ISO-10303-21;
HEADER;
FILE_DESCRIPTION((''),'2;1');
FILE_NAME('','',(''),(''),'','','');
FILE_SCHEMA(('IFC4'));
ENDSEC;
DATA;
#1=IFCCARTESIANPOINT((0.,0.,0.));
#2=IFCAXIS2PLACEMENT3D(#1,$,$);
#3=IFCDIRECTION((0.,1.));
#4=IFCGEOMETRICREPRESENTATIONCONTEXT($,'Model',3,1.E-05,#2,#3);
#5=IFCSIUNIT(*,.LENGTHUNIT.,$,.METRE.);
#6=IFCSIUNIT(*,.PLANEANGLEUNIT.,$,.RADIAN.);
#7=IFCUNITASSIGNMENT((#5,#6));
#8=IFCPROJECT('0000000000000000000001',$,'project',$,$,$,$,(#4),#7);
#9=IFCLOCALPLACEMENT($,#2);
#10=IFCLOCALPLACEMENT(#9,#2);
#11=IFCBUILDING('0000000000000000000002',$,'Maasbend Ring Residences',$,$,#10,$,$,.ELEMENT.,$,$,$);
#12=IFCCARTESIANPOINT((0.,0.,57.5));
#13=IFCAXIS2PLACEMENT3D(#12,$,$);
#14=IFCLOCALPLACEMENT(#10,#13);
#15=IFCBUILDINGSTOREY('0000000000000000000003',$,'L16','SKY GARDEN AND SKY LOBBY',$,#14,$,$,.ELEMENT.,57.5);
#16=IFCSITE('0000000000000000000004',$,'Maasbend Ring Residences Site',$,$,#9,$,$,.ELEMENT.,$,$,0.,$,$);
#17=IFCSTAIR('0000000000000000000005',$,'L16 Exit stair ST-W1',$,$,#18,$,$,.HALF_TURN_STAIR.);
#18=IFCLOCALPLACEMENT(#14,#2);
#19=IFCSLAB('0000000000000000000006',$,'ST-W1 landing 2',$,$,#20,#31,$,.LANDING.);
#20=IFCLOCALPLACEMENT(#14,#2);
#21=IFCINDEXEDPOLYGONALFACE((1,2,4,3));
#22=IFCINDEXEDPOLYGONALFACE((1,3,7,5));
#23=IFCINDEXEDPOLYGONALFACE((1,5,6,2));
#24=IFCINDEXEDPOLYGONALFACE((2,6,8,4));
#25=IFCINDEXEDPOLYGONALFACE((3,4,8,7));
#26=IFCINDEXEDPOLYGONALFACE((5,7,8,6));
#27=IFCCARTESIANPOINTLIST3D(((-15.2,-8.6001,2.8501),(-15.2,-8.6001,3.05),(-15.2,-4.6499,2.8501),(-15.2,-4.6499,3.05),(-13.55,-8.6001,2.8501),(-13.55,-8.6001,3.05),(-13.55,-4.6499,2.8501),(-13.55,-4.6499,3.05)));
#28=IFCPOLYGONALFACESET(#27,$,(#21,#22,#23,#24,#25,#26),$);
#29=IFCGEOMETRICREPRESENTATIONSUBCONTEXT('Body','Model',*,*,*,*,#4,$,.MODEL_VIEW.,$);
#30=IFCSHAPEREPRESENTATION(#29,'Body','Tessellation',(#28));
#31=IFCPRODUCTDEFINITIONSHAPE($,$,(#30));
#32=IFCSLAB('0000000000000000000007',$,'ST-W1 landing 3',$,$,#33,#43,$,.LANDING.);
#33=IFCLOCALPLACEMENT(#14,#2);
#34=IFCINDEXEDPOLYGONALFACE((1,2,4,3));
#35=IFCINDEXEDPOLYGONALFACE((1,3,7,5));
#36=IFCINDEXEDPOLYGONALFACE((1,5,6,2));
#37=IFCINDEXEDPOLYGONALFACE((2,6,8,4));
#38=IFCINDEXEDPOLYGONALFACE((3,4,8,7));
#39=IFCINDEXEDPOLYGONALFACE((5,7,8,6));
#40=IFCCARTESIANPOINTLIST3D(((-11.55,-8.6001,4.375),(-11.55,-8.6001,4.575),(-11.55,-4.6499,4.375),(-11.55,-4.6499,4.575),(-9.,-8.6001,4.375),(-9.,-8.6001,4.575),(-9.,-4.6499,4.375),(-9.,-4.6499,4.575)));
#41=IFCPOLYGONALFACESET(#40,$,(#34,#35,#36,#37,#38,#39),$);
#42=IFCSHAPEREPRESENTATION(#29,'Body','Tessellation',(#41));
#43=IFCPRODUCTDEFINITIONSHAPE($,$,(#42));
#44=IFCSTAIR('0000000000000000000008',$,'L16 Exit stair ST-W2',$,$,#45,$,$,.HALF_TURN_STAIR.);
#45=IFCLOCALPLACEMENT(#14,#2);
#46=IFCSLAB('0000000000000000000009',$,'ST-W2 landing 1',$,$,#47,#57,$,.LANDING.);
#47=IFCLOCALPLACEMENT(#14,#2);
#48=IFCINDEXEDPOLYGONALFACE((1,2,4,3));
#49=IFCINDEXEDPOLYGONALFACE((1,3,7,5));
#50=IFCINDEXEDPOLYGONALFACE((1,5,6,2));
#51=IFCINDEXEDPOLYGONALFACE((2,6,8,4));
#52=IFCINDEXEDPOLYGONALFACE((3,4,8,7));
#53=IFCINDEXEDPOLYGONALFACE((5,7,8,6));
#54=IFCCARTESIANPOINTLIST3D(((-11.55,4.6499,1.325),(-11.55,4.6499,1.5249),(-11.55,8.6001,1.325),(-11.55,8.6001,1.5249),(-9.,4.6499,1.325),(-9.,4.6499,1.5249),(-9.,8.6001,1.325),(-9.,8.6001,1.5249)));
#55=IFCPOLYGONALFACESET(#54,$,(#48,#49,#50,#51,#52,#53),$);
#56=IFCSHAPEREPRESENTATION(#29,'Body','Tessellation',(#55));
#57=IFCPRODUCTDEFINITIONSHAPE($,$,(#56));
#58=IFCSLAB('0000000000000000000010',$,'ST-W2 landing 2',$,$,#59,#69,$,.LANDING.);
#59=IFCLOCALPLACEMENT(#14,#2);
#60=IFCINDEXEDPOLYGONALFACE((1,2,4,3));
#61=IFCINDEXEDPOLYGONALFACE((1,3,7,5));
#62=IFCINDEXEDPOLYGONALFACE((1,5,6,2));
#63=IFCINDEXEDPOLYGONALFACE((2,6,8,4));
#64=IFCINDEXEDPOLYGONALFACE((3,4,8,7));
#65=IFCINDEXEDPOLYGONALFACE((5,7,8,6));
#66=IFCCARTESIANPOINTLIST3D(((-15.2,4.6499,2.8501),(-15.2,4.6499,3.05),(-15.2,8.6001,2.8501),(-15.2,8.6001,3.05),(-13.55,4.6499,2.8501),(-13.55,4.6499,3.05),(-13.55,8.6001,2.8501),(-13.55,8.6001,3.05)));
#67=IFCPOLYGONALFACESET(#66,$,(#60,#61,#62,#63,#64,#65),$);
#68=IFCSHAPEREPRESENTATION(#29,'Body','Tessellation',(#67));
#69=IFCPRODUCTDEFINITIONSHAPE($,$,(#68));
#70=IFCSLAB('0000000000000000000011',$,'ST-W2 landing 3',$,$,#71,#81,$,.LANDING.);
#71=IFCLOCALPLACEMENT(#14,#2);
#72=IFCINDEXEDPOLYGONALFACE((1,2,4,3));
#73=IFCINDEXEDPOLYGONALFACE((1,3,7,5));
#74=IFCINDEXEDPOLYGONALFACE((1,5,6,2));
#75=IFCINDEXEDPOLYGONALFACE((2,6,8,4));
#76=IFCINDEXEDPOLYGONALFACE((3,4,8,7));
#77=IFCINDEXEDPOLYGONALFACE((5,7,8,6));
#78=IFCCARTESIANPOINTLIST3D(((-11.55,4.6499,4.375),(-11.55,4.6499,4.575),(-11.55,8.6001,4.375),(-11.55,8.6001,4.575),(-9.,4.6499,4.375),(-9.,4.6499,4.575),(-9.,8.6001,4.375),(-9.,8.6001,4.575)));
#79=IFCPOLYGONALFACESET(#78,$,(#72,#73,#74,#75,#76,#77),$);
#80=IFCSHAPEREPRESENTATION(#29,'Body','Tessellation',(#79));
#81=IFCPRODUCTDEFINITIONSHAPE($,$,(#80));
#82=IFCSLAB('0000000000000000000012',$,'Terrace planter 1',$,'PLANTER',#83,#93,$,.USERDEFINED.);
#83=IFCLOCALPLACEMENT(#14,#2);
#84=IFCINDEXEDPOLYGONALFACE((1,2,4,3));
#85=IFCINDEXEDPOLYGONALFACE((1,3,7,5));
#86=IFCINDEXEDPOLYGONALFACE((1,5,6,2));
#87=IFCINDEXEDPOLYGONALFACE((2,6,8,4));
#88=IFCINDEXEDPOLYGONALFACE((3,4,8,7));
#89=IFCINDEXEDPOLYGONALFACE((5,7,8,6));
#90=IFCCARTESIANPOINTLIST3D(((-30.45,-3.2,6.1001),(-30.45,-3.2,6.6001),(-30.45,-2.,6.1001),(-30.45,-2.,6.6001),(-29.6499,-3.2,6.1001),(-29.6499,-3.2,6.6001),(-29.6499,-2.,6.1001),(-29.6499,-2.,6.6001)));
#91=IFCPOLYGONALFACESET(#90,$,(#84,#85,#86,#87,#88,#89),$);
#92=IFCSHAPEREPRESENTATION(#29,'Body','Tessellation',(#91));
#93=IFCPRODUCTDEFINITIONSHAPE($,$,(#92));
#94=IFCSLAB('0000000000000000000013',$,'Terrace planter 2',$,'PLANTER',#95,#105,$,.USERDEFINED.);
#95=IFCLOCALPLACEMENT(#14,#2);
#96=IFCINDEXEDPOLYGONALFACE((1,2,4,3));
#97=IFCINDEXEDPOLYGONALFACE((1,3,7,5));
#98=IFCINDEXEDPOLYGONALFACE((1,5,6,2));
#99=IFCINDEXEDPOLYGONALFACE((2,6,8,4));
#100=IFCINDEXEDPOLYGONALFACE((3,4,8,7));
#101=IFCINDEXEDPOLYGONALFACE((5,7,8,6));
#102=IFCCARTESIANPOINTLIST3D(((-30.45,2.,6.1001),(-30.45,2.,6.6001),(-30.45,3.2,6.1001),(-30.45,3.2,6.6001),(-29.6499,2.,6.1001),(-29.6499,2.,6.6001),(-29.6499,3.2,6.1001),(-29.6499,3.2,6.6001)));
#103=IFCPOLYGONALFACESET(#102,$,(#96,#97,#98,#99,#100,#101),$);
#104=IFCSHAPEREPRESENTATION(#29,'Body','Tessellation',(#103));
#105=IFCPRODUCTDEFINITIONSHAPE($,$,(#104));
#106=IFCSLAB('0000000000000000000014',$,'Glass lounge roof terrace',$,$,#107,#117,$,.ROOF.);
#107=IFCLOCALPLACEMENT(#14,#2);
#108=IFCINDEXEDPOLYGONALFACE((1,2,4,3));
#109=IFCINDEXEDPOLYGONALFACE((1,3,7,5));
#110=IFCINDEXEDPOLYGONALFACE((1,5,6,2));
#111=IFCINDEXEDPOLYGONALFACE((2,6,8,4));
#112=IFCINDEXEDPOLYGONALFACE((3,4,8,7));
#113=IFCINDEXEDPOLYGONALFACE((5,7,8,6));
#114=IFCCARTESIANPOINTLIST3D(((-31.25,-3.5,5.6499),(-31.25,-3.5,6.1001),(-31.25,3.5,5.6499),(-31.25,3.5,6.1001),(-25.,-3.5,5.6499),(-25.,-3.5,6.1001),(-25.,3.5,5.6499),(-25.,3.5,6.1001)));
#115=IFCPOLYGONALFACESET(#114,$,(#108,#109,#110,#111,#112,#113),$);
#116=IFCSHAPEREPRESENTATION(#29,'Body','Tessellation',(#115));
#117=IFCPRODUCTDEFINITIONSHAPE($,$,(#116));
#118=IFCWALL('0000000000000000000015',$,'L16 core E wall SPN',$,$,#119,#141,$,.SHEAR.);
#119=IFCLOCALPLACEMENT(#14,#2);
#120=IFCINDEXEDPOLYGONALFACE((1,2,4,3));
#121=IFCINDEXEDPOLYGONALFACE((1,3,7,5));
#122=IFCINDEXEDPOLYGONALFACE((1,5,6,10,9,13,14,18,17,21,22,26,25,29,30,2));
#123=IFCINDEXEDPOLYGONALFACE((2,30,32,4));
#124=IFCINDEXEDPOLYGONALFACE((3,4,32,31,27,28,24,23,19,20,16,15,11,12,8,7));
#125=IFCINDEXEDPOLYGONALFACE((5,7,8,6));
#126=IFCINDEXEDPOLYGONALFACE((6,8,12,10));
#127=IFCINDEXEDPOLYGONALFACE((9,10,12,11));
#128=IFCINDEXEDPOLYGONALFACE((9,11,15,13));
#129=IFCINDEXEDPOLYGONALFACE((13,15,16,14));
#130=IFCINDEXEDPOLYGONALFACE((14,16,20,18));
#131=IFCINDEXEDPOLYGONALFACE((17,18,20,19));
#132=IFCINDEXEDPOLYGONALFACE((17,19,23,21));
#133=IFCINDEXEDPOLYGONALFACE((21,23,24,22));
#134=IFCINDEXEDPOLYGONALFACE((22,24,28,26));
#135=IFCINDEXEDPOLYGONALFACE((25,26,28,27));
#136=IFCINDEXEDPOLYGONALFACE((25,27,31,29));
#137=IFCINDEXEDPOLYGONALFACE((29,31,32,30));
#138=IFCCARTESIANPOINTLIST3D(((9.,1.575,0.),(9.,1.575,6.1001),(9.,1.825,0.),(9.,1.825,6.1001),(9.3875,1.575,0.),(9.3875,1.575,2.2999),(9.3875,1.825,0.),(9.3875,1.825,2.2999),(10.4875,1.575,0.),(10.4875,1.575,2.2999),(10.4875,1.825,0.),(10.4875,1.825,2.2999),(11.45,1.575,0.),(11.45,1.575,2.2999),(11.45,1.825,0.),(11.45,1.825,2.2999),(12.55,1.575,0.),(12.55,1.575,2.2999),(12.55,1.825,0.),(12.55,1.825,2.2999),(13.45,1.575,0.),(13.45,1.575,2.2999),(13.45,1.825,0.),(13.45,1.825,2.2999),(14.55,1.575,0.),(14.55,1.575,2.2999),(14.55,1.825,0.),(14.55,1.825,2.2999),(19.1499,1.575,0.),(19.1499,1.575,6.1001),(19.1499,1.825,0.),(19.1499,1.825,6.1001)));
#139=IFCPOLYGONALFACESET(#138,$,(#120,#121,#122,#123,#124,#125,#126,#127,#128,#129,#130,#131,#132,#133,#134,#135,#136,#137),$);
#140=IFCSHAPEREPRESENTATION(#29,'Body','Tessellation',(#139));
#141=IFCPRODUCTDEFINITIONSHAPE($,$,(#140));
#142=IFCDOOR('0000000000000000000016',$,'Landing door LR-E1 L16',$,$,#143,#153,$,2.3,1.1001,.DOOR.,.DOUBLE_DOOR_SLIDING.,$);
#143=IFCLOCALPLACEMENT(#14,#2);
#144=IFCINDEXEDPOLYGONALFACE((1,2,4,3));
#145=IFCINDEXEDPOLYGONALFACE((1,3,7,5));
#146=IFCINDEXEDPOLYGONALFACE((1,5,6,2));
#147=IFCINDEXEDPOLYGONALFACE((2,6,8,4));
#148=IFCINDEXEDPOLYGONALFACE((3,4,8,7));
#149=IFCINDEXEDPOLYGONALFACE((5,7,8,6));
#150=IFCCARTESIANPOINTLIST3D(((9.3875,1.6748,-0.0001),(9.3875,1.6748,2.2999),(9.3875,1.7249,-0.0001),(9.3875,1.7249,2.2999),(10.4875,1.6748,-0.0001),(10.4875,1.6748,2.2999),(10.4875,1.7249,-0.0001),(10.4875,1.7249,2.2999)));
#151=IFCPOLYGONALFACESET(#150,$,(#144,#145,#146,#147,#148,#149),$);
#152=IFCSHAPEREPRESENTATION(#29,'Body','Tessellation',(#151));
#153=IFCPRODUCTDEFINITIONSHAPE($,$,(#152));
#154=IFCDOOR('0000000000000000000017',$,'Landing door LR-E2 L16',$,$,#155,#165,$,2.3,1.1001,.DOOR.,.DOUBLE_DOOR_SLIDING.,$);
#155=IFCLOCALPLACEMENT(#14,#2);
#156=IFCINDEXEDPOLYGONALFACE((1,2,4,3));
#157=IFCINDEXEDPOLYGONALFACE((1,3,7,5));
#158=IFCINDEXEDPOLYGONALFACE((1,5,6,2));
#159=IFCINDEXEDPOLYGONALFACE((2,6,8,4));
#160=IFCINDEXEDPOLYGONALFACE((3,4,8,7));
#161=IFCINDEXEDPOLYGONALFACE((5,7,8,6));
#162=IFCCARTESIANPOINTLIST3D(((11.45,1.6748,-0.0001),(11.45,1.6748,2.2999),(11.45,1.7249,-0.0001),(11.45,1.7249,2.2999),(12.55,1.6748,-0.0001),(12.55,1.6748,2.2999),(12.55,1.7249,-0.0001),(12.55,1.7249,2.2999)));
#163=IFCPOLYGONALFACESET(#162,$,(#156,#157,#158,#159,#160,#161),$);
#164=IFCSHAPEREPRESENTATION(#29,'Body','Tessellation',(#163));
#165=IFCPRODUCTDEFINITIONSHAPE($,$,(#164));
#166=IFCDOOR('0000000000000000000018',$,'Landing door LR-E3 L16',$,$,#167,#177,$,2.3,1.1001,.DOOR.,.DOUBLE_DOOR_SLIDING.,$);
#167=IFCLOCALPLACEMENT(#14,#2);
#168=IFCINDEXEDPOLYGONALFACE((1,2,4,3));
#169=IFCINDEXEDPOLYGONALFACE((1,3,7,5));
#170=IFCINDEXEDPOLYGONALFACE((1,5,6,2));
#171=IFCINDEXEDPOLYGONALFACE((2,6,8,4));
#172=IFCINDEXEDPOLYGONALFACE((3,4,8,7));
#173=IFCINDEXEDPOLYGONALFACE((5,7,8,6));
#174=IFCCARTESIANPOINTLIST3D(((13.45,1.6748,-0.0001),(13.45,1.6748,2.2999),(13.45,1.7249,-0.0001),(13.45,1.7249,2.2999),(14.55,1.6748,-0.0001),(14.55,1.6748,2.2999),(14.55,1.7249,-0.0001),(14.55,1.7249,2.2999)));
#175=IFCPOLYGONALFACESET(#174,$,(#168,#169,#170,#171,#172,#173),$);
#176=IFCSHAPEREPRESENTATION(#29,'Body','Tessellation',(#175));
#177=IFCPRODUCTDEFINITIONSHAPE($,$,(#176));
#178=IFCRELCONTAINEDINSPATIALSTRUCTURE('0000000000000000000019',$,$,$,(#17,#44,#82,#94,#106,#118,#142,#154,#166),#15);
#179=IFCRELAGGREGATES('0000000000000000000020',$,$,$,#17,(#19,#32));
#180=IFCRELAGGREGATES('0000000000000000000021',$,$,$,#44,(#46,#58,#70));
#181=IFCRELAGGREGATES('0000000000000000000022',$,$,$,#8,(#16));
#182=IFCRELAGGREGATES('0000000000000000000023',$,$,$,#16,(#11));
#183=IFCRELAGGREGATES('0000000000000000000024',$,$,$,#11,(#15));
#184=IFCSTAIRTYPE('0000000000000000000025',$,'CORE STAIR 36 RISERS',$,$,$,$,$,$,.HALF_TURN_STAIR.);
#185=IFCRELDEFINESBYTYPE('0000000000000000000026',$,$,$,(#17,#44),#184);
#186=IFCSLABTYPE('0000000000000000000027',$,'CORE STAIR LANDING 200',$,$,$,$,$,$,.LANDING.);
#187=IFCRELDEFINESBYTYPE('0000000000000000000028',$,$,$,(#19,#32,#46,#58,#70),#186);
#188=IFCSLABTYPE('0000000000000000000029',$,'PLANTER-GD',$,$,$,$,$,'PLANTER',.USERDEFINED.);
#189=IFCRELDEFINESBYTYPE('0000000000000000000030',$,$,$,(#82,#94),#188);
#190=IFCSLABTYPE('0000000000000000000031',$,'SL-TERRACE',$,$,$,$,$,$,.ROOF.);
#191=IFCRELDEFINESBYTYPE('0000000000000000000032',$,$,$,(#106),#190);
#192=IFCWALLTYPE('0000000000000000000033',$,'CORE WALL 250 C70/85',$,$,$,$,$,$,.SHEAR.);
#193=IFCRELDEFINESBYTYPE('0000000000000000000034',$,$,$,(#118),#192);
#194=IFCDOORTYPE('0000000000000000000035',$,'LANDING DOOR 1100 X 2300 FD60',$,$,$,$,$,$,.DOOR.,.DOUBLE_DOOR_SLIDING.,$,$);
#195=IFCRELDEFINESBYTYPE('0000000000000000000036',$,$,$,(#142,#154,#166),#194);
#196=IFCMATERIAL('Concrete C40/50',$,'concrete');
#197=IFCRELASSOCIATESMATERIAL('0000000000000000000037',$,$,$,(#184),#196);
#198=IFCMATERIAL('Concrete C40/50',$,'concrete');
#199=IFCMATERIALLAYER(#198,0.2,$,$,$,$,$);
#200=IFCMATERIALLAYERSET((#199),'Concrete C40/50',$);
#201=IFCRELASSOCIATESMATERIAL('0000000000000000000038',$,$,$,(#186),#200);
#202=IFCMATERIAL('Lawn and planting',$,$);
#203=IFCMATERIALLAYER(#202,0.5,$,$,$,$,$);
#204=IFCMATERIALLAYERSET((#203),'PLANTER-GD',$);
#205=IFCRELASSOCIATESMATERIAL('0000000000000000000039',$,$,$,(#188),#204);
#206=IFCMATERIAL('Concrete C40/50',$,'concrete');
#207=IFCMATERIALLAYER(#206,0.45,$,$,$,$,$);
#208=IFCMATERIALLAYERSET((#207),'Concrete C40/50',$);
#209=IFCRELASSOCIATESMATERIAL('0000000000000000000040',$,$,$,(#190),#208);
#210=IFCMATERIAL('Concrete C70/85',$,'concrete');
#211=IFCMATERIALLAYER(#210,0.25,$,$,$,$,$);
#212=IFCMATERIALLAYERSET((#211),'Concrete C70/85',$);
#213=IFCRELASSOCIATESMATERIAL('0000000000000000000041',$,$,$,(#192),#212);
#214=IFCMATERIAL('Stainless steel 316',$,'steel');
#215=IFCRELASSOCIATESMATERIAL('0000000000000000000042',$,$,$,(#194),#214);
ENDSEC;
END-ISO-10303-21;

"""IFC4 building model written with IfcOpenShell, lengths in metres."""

from ifc_helpers import new_model, si_unit, direction, frame, frame_2d, origin, place, context, subcontext, project, spatial, polyline, rectangle, outline, extrude, material, layer, layer_set, type_object, element, fill, aggregate, save


model = new_model("IFC4")

# Units and contexts
model_context = context("Model", 3, precision=1e-05, world=origin(), true_north=direction((0.0, 1.0)))
body_context = subcontext(model_context, "Body", "Model", "MODEL_VIEW")
ifc_project = project(units=[si_unit("LENGTHUNIT", "METRE"), si_unit("PLANEANGLEUNIT", "RADIAN")], contexts=[model_context])

# Site, building, storey
site_placement = place(None, origin())
site = spatial("IfcSite", under=ifc_project, at=site_placement, Name="Maasbend Ring Residences Site", CompositionType="ELEMENT", RefElevation=0.0)
building_placement = place(site_placement, origin())
building = spatial("IfcBuilding", under=site, at=building_placement, Name="Maasbend Ring Residences", CompositionType="ELEMENT")
storey_placement = place(building_placement, frame((0.0, 0.0, 57.5)))
storey = spatial("IfcBuildingStorey", under=building, at=storey_placement, Name="L16", Description="SKY GARDEN AND SKY LOBBY", CompositionType="ELEMENT", Elevation=57.5)

# Stairs, slabs
ifc_material_1 = material(Name="Concrete C40/50", Category="concrete")
stair_type = type_object("IfcStairType", Name="CORE STAIR 36 RISERS", PredefinedType="HALF_TURN_STAIR", material=ifc_material_1)
ifc_material_2 = material(Name="Concrete C40/50", Category="concrete")
ifc_layer_1 = layer(ifc_material_2, 0.2)
ifc_layer_set_1 = layer_set([ifc_layer_1], Name="Concrete C40/50")
slab_type_1 = type_object("IfcSlabType", Name="CORE STAIR LANDING 200", PredefinedType="LANDING", material=ifc_layer_set_1)
stair_1_placement = place(storey_placement, origin())
stair_1 = element("IfcStair", 1, at=stair_1_placement, inside=storey, type_object=stair_type, Name="L16 Exit stair ST-W1", PredefinedType="HALF_TURN_STAIR")
slab_1_placement = place(storey_placement, frame((0.0, 0.0, 2.8501)))
slab_1 = element("IfcSlab", 2, at=slab_1_placement, type_object=slab_type_1, Name="ST-W1 landing 2", PredefinedType="LANDING", context=body_context, shape_type="SweptSolid", body=[
    extrude(outline(polyline([(-15.2, -8.6001), (-13.55, -8.6001), (-13.55, -4.6499), (-15.2, -4.6499), (-15.2, -8.6001)])), origin(), (0.0, 0.0, 1.0), 0.2),
])
slab_2_placement = place(storey_placement, frame((0.0, 0.0, 4.375)))
slab_2 = element("IfcSlab", 3, at=slab_2_placement, type_object=slab_type_1, Name="ST-W1 landing 3", PredefinedType="LANDING", context=body_context, shape_type="SweptSolid", body=[
    extrude(outline(polyline([(-11.55, -8.6001), (-9.0, -8.6001), (-9.0, -4.6499), (-11.55, -4.6499), (-11.55, -8.6001)])), origin(), (0.0, 0.0, 1.0), 0.2),
])
aggregate(stair_1, [slab_1, slab_2])
stair_2_placement = place(storey_placement, origin())
stair_2 = element("IfcStair", 4, at=stair_2_placement, inside=storey, type_object=stair_type, Name="L16 Exit stair ST-W2", PredefinedType="HALF_TURN_STAIR")
slab_3_placement = place(storey_placement, frame((0.0, 0.0, 1.325)))
slab_3 = element("IfcSlab", 5, at=slab_3_placement, type_object=slab_type_1, Name="ST-W2 landing 1", PredefinedType="LANDING", context=body_context, shape_type="SweptSolid", body=[
    extrude(outline(polyline([(-11.55, 4.6499), (-9.0, 4.6499), (-9.0, 8.6001), (-11.55, 8.6001), (-11.55, 4.6499)])), origin(), (0.0, 0.0, 1.0), 0.2),
])
slab_4_placement = place(storey_placement, frame((0.0, 0.0, 2.8501)))
slab_4 = element("IfcSlab", 6, at=slab_4_placement, type_object=slab_type_1, Name="ST-W2 landing 2", PredefinedType="LANDING", context=body_context, shape_type="SweptSolid", body=[
    extrude(outline(polyline([(-15.2, 4.6499), (-13.55, 4.6499), (-13.55, 8.6001), (-15.2, 8.6001), (-15.2, 4.6499)])), origin(), (0.0, 0.0, 1.0), 0.2),
])
slab_5_placement = place(storey_placement, frame((0.0, 0.0, 4.375)))
slab_5 = element("IfcSlab", 7, at=slab_5_placement, type_object=slab_type_1, Name="ST-W2 landing 3", PredefinedType="LANDING", context=body_context, shape_type="SweptSolid", body=[
    extrude(outline(polyline([(-11.55, 4.6499), (-9.0, 4.6499), (-9.0, 8.6001), (-11.55, 8.6001), (-11.55, 4.6499)])), origin(), (0.0, 0.0, 1.0), 0.2),
])
aggregate(stair_2, [slab_3, slab_4, slab_5])

# Slabs
ifc_material_3 = material(Name="Lawn and planting")
ifc_layer_2 = layer(ifc_material_3, 0.5)
ifc_layer_set_2 = layer_set([ifc_layer_2], Name="PLANTER-GD")
slab_type_2 = type_object("IfcSlabType", Name="PLANTER-GD", ElementType="PLANTER", PredefinedType="USERDEFINED", material=ifc_layer_set_2)
slab_6_placement = place(storey_placement, frame((0.0, 0.0, 6.1001)))
element("IfcSlab", 8, at=slab_6_placement, inside=storey, type_object=slab_type_2, Name="Terrace planter 1", ObjectType="PLANTER", PredefinedType="USERDEFINED", context=body_context, shape_type="SweptSolid", body=[
    extrude(outline(polyline([(-30.45, -3.2), (-29.6499, -3.2), (-29.6499, -2.0), (-30.45, -2.0), (-30.45, -3.2)])), origin(), (0.0, 0.0, 1.0), 0.5),
])
slab_7_placement = place(storey_placement, frame((0.0, 0.0, 6.1001)))
element("IfcSlab", 9, at=slab_7_placement, inside=storey, type_object=slab_type_2, Name="Terrace planter 2", ObjectType="PLANTER", PredefinedType="USERDEFINED", context=body_context, shape_type="SweptSolid", body=[
    extrude(outline(polyline([(-30.45, 2.0), (-29.6499, 2.0), (-29.6499, 3.2), (-30.45, 3.2), (-30.45, 2.0)])), origin(), (0.0, 0.0, 1.0), 0.5),
])
ifc_material_4 = material(Name="Concrete C40/50", Category="concrete")
ifc_layer_3 = layer(ifc_material_4, 0.45)
ifc_layer_set_3 = layer_set([ifc_layer_3], Name="Concrete C40/50")
slab_type_3 = type_object("IfcSlabType", Name="SL-TERRACE", PredefinedType="ROOF", material=ifc_layer_set_3)
slab_8_placement = place(storey_placement, frame((0.0, 0.0, 5.6499)))
element("IfcSlab", 10, at=slab_8_placement, inside=storey, type_object=slab_type_3, Name="Glass lounge roof terrace", PredefinedType="ROOF", context=body_context, shape_type="SweptSolid", body=[
    extrude(outline(polyline([(-31.25, -3.5), (-25.0, -3.5), (-25.0, 3.5), (-31.25, 3.5), (-31.25, -3.5)])), origin(), (0.0, 0.0, 1.0), 0.4502),
])

# Wall, openings, doors
ifc_material_5 = material(Name="Concrete C70/85", Category="concrete")
ifc_layer_4 = layer(ifc_material_5, 0.25)
ifc_layer_set_4 = layer_set([ifc_layer_4], Name="Concrete C70/85")
wall_type_1 = type_object("IfcWallType", Name="CORE WALL 250 C70/85", PredefinedType="SHEAR", material=ifc_layer_set_4)
wall_1_placement = place(storey_placement, frame((9.0, 1.7, 0.0), z_axis=(0.0, 0.0, 1.0), x_axis=(1.0, 0.0, 0.0)))
wall_1 = element("IfcWall", 11, at=wall_1_placement, inside=storey, type_object=wall_type_1, Name="L16 core E wall SPN", PredefinedType="SHEAR", context=body_context, shape_type="SweptSolid", body=[
    extrude(rectangle(XDim=10.1499, YDim=0.25, at=frame_2d((5.075, 0.0))), origin(), (0.0, 0.0, 1.0), 6.1001),
])
opening_1_placement = place(wall_1_placement, frame((0.3875, 0.0, 0.0)))
opening_1 = element("IfcOpeningElement", 12, at=opening_1_placement, cuts=wall_1, PredefinedType="OPENING", context=body_context, shape_type="SweptSolid", body=[
    extrude(rectangle(XDim=1.1001, YDim=2.3, at=frame_2d((0.55, 1.1499))), frame((0.0, 0.135, 0.0), z_axis=(0.0, -1.0, 0.0), x_axis=(1.0, 0.0, 0.0)), (0.0, 0.0, 1.0), 0.27),
])
opening_2_placement = place(wall_1_placement, frame((2.45, 0.0, 0.0)))
opening_2 = element("IfcOpeningElement", 13, at=opening_2_placement, cuts=wall_1, PredefinedType="OPENING", context=body_context, shape_type="SweptSolid", body=[
    extrude(rectangle(XDim=1.1001, YDim=2.3, at=frame_2d((0.55, 1.1499))), frame((0.0, 0.135, 0.0), z_axis=(0.0, -1.0, 0.0), x_axis=(1.0, 0.0, 0.0)), (0.0, 0.0, 1.0), 0.27),
])
opening_3_placement = place(wall_1_placement, frame((4.45, 0.0, 0.0)))
opening_3 = element("IfcOpeningElement", 14, at=opening_3_placement, cuts=wall_1, PredefinedType="OPENING", context=body_context, shape_type="SweptSolid", body=[
    extrude(rectangle(XDim=1.1001, YDim=2.3, at=frame_2d((0.55, 1.1499))), frame((0.0, 0.135, 0.0), z_axis=(0.0, -1.0, 0.0), x_axis=(1.0, 0.0, 0.0)), (0.0, 0.0, 1.0), 0.27),
])
ifc_material_6 = material(Name="Stainless steel 316", Category="steel")
door_type = type_object("IfcDoorType", Name="LANDING DOOR 1100 X 2300 FD60", OperationType="DOUBLE_DOOR_SLIDING", PredefinedType="DOOR", material=ifc_material_6)
door_1_placement = place(opening_1_placement, origin())
door_1 = element("IfcDoor", 15, at=door_1_placement, inside=storey, type_object=door_type, Name="Landing door LR-E1 L16", OperationType="DOUBLE_DOOR_SLIDING", OverallHeight=2.3, OverallWidth=1.1001, PredefinedType="DOOR", context=body_context, shape_type="SweptSolid", body=[
    extrude(rectangle(XDim=1.1001, YDim=2.3, at=frame_2d((0.55, 1.1499))), frame((0.0, 0.0249, 0.0), z_axis=(0.0, -1.0, 0.0), x_axis=(1.0, 0.0, 0.0)), (0.0, 0.0, 1.0), 0.05),
])
fill(opening_1, door_1)
door_2_placement = place(opening_2_placement, origin())
door_2 = element("IfcDoor", 16, at=door_2_placement, inside=storey, type_object=door_type, Name="Landing door LR-E2 L16", OperationType="DOUBLE_DOOR_SLIDING", OverallHeight=2.3, OverallWidth=1.1001, PredefinedType="DOOR", context=body_context, shape_type="SweptSolid", body=[
    extrude(rectangle(XDim=1.1001, YDim=2.3, at=frame_2d((0.55, 1.1499))), frame((0.0, 0.0249, 0.0), z_axis=(0.0, -1.0, 0.0), x_axis=(1.0, 0.0, 0.0)), (0.0, 0.0, 1.0), 0.05),
])
fill(opening_2, door_2)
door_3_placement = place(opening_3_placement, origin())
door_3 = element("IfcDoor", 17, at=door_3_placement, inside=storey, type_object=door_type, Name="Landing door LR-E3 L16", OperationType="DOUBLE_DOOR_SLIDING", OverallHeight=2.3, OverallWidth=1.1001, PredefinedType="DOOR", context=body_context, shape_type="SweptSolid", body=[
    extrude(rectangle(XDim=1.1001, YDim=2.3, at=frame_2d((0.55, 1.1499))), frame((0.0, 0.0249, 0.0), z_axis=(0.0, -1.0, 0.0), x_axis=(1.0, 0.0, 0.0)), (0.0, 0.0, 1.0), 0.05),
])
fill(opening_3, door_3)

save(model, "model.ifc")
